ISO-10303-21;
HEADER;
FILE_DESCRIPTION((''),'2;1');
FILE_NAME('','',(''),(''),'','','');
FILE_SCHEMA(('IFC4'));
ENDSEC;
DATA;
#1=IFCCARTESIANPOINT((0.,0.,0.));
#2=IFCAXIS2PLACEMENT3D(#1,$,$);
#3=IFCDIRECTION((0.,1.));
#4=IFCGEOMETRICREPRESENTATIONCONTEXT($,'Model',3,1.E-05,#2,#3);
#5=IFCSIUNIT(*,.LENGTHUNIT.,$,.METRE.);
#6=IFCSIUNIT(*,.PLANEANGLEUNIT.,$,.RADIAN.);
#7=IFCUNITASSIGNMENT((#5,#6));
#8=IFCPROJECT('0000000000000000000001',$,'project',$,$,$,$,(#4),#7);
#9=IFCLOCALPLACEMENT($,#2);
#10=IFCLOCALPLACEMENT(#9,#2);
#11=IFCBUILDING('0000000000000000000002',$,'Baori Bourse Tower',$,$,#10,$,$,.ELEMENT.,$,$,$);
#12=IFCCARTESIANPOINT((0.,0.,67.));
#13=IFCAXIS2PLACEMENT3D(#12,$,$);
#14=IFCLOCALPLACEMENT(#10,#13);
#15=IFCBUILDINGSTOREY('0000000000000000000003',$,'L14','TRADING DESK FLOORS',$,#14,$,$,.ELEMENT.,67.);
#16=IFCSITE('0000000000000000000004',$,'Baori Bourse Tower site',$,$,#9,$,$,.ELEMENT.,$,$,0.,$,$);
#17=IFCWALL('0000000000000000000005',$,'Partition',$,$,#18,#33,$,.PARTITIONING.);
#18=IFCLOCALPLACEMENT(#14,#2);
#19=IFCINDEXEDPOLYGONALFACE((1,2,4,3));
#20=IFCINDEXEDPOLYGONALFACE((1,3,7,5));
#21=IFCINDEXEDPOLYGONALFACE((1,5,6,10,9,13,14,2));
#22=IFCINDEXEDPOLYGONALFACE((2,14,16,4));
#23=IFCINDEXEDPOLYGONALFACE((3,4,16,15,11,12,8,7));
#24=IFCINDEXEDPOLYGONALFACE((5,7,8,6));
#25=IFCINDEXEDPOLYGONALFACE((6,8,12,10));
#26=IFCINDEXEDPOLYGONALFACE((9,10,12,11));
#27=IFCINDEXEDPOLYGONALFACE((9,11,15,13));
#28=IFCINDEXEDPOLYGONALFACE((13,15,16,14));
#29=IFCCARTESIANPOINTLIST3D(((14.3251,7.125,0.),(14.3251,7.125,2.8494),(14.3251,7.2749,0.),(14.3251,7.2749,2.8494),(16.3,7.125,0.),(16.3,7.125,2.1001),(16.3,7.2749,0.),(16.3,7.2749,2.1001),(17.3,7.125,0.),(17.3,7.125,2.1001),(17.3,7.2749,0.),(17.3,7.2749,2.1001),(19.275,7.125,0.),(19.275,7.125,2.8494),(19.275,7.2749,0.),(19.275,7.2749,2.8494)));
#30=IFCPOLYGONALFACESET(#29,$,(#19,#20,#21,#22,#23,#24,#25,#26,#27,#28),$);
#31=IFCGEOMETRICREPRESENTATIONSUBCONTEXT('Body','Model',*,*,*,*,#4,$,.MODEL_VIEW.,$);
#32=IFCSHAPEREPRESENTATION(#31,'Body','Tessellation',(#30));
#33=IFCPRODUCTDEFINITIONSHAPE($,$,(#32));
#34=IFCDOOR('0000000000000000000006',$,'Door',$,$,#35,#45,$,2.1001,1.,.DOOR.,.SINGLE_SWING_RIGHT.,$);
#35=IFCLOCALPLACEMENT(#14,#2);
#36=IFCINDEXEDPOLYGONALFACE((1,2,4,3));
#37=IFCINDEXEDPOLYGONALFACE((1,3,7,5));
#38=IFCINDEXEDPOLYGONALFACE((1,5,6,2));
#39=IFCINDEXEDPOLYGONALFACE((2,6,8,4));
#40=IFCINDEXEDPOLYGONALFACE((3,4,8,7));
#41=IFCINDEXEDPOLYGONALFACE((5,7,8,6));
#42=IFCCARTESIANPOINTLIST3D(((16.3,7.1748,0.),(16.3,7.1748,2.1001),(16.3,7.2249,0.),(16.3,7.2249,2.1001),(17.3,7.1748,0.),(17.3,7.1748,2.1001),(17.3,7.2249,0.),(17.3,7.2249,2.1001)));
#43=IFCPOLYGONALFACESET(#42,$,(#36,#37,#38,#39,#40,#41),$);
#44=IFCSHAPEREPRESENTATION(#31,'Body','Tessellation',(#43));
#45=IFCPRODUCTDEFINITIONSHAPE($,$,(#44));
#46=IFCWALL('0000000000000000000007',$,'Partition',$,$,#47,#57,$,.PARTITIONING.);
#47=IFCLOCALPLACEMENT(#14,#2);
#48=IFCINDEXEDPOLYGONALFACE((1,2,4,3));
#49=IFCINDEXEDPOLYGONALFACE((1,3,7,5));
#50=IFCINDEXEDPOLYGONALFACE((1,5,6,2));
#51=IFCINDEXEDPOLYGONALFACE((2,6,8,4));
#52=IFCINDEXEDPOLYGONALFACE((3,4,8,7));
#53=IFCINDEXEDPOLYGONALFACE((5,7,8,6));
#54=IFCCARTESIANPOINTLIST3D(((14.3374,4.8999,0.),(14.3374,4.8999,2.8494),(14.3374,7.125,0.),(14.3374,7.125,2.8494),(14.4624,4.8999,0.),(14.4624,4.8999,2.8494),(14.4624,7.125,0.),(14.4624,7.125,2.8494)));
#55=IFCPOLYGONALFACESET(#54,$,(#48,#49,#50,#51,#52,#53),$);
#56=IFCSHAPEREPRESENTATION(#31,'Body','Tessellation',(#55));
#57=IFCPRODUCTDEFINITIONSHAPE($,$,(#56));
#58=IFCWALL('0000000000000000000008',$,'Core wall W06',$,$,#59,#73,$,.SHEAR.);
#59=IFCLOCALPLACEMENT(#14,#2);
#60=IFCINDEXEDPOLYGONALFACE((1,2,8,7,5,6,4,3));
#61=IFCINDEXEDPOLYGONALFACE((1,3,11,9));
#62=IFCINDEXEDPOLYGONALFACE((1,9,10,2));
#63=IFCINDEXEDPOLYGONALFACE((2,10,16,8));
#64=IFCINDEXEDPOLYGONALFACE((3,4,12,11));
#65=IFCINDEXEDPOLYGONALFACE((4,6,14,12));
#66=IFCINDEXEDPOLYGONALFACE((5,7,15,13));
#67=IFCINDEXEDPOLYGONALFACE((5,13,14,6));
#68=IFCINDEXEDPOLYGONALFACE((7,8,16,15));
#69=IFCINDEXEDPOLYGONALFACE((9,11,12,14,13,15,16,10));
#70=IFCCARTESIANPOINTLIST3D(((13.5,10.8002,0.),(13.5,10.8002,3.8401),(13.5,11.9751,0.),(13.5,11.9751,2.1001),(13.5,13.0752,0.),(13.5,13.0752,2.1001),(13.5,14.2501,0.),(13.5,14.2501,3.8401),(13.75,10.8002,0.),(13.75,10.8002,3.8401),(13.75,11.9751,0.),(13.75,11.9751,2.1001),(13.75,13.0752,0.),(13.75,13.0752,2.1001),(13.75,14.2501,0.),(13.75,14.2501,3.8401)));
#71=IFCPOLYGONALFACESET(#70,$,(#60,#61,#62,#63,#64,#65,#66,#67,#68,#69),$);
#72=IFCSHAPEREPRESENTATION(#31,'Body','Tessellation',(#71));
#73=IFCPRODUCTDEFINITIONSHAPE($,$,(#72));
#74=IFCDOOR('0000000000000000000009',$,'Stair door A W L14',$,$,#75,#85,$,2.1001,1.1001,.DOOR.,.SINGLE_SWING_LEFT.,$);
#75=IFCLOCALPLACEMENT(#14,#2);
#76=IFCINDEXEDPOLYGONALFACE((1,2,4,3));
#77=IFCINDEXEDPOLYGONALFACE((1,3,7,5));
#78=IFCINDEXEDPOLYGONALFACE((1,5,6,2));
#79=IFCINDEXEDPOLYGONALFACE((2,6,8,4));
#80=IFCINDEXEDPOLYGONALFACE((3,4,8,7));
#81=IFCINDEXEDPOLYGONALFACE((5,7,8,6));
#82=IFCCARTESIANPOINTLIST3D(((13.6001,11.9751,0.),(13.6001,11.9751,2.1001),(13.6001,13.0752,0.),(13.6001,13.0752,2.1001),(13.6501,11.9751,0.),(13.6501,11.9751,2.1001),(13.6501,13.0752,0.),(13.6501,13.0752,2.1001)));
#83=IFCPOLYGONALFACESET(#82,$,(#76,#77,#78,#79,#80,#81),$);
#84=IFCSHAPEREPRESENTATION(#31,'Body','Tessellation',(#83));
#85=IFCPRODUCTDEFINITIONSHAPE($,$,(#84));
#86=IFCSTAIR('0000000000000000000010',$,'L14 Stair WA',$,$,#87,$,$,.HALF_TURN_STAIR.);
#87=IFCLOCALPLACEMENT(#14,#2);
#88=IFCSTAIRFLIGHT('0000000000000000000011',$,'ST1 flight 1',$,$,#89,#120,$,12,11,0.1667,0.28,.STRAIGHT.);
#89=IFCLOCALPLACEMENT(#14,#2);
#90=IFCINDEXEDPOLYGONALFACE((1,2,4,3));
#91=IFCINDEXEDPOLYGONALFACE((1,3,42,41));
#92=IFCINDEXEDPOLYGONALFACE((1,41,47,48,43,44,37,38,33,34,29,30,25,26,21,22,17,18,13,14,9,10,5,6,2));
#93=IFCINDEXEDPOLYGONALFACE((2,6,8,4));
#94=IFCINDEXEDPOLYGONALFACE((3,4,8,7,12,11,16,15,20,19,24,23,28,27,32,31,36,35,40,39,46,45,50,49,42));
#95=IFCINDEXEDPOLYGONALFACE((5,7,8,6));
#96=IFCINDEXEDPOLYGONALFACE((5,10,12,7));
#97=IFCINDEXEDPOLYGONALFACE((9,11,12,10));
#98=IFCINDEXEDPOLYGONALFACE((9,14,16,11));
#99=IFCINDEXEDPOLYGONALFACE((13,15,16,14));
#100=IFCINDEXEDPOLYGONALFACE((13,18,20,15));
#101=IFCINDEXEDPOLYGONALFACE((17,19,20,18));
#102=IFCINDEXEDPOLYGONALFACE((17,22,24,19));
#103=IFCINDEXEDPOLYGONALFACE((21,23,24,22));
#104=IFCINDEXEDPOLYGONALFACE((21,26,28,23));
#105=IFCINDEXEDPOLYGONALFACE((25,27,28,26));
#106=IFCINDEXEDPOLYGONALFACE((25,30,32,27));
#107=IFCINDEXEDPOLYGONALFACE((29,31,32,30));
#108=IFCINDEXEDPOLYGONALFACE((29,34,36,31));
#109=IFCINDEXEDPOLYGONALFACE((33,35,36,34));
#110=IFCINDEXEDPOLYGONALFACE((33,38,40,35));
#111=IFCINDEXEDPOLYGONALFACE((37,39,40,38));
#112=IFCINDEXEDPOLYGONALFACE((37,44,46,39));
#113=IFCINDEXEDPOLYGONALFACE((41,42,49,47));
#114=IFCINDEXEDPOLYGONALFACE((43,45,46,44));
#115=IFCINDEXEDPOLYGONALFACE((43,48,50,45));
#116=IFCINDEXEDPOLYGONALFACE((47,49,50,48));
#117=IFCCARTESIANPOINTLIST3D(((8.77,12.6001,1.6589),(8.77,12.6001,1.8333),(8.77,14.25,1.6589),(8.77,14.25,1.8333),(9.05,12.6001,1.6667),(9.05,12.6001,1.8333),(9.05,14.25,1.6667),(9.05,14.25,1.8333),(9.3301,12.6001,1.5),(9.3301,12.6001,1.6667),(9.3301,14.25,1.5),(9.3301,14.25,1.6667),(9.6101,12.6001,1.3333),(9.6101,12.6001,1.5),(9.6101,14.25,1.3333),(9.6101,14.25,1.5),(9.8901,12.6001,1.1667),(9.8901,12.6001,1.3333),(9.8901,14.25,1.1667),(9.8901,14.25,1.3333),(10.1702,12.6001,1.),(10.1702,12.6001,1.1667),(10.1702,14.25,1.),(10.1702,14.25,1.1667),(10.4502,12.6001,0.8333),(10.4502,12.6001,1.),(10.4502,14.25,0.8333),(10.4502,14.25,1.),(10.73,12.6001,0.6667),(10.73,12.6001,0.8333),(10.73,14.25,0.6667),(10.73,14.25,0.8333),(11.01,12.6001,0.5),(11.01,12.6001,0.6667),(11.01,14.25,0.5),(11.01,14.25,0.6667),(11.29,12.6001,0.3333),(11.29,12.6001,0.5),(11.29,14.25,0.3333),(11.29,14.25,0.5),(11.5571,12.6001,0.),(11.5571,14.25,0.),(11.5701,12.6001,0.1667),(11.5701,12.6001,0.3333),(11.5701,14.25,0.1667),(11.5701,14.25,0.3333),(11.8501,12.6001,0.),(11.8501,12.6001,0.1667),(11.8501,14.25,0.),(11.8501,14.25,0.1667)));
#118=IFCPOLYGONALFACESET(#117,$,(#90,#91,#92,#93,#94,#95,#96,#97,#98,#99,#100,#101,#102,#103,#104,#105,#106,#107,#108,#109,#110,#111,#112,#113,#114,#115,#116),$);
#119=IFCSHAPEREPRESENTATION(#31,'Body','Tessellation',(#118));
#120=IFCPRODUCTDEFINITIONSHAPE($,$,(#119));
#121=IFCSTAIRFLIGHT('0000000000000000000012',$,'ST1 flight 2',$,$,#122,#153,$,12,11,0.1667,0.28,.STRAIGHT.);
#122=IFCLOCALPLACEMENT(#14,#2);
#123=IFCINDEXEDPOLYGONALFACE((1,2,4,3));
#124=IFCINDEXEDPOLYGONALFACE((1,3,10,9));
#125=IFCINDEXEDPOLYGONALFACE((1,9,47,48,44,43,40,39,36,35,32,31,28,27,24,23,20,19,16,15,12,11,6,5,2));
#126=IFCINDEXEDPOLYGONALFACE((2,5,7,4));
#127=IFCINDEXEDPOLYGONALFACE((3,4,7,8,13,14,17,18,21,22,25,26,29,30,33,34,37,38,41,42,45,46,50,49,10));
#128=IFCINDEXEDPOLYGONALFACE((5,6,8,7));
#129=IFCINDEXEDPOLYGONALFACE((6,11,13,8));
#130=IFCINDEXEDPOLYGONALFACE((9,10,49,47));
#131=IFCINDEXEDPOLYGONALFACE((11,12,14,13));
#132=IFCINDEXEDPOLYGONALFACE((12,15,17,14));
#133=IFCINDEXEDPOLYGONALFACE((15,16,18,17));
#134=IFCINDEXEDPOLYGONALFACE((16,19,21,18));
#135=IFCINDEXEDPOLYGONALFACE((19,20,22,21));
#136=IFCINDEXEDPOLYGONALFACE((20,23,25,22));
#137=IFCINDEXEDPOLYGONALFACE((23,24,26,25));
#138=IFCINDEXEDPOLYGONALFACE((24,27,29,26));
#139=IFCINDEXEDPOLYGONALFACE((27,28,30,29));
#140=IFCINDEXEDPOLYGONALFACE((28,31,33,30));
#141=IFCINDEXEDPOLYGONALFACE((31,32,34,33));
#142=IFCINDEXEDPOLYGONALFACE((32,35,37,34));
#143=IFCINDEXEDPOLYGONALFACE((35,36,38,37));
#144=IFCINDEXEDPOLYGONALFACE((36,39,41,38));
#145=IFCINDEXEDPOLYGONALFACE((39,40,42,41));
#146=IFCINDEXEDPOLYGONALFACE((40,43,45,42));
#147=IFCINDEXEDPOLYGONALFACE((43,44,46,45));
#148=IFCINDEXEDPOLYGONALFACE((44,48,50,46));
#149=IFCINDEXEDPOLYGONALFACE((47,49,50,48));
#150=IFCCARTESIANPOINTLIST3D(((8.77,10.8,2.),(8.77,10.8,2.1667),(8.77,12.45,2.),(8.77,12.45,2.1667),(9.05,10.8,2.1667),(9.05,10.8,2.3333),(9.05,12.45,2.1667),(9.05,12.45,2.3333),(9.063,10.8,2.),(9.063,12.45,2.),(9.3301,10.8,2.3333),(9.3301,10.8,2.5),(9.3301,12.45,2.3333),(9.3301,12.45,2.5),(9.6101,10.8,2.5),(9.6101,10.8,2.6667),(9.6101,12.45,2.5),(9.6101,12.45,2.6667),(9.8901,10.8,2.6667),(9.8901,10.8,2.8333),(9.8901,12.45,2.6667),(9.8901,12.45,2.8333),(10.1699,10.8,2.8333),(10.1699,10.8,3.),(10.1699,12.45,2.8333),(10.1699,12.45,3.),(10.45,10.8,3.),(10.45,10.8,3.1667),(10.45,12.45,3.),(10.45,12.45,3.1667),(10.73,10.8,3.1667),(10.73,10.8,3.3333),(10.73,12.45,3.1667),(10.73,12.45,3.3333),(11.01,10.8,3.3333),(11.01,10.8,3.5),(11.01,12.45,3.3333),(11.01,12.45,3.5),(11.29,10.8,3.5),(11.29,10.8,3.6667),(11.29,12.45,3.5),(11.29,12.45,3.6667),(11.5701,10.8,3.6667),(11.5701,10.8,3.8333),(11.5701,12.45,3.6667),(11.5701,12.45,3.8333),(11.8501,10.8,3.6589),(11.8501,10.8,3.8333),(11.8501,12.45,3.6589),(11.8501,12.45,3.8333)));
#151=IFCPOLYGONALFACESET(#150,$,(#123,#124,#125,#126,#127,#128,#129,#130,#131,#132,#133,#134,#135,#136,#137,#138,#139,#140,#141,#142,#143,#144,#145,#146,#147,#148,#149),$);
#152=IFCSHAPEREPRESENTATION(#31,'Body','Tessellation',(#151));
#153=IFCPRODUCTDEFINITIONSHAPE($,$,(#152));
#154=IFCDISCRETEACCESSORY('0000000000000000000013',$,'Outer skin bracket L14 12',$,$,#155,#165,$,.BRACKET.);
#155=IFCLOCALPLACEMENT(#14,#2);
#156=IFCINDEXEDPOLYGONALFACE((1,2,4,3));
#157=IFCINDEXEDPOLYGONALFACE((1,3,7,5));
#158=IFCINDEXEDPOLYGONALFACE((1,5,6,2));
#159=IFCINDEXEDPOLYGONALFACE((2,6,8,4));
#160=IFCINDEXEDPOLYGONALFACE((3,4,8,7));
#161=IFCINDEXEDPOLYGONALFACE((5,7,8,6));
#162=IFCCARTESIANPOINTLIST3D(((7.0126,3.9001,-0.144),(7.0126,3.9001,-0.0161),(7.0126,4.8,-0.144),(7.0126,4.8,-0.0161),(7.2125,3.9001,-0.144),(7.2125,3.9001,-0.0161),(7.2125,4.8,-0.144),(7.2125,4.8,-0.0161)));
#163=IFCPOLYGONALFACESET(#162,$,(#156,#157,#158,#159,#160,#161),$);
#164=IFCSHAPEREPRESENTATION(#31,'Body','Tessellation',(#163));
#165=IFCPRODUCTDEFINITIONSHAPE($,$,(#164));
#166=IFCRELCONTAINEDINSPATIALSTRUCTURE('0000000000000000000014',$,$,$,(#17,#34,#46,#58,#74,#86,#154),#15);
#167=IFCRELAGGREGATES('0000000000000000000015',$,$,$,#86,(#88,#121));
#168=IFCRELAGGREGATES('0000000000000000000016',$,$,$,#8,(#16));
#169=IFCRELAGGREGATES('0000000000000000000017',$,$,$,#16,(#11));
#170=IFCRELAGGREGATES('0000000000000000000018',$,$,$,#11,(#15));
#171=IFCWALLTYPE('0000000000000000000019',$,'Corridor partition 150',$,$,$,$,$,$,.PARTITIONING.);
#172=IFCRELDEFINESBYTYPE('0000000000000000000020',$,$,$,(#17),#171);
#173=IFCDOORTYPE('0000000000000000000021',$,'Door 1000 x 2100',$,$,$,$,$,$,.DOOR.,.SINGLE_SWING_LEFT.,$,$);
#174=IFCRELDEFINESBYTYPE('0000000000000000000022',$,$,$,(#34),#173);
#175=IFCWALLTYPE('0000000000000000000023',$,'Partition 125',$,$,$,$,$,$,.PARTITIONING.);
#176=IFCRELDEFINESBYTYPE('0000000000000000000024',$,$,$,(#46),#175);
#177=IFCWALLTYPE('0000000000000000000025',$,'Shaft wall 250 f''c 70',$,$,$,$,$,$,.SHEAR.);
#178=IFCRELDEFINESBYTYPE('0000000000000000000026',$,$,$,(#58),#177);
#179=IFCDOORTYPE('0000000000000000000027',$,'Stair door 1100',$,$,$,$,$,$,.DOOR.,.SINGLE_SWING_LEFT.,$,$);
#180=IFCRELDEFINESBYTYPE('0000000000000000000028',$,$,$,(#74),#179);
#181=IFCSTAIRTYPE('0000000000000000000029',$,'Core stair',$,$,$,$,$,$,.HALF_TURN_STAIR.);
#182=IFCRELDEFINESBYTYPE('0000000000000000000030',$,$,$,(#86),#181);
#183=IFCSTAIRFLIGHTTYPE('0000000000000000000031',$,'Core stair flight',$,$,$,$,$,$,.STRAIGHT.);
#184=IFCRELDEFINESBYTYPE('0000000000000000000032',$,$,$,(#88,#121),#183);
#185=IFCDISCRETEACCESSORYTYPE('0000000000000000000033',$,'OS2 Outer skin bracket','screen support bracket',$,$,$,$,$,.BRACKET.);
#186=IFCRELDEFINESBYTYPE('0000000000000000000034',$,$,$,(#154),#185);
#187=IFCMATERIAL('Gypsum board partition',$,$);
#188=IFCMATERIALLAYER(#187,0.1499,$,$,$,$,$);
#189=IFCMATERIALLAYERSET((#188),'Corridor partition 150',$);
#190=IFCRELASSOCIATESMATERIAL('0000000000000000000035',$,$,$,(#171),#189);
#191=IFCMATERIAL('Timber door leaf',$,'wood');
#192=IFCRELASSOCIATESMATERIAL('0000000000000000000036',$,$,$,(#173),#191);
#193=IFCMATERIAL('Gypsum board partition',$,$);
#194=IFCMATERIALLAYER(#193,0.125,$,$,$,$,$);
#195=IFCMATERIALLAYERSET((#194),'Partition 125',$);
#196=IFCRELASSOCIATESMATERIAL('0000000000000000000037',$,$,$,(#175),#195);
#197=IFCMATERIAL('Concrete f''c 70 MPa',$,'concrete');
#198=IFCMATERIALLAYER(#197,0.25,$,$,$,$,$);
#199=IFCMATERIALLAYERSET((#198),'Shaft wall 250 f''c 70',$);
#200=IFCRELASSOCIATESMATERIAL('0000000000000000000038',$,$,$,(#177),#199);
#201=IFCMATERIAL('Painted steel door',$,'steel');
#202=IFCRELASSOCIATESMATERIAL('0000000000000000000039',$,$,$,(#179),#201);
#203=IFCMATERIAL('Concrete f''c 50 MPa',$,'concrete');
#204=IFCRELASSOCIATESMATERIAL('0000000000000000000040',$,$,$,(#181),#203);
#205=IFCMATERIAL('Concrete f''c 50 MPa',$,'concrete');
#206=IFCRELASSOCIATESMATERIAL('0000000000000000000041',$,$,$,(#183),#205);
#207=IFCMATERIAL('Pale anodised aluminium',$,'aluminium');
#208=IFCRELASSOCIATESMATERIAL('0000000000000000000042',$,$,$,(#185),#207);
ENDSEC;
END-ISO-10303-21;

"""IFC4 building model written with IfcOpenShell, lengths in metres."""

from ifc_helpers import new_model, si_unit, direction, frame, frame_2d, origin, origin_2d, place, context, subcontext, project, spatial, polyline, rectangle, outline, extrude, material, layer, layer_set, type_object, element, fill, aggregate, save


model = new_model("IFC4")

# Units and contexts
model_context = context("Model", 3, precision=1e-05, world=origin(), true_north=direction((0.0, 1.0)))
body_context = subcontext(model_context, "Body", "Model", "MODEL_VIEW")
ifc_project = project(units=[si_unit("LENGTHUNIT", "METRE"), si_unit("PLANEANGLEUNIT", "RADIAN")], contexts=[model_context])

# Site, building, storey
site_placement = place(None, origin())
site = spatial("IfcSite", under=ifc_project, at=site_placement, Name="Baori Bourse Tower site", CompositionType="ELEMENT", RefElevation=0.0)
building_placement = place(site_placement, origin())
building = spatial("IfcBuilding", under=site, at=building_placement, Name="Baori Bourse Tower", CompositionType="ELEMENT")
storey_placement = place(building_placement, frame((0.0, 0.0, 67.0)))
storey = spatial("IfcBuildingStorey", under=building, at=storey_placement, Name="L14", Description="TRADING DESK FLOORS", CompositionType="ELEMENT", Elevation=67.0)

# Wall, opening, door
ifc_material_1 = material(Name="Gypsum board partition")
ifc_layer_1 = layer(ifc_material_1, 0.1499)
ifc_layer_set_1 = layer_set([ifc_layer_1], Name="Corridor partition 150")
wall_type_1 = type_object("IfcWallType", Name="Corridor partition 150", PredefinedType="PARTITIONING", material=ifc_layer_set_1)
wall_1_placement = place(storey_placement, frame((14.325, 7.2, 0.0), z_axis=(0.0, 0.0, 1.0), x_axis=(1.0, 0.0, 0.0)))
wall_1 = element("IfcWall", 1, at=wall_1_placement, inside=storey, type_object=wall_type_1, Name="Partition", PredefinedType="PARTITIONING", context=body_context, shape_type="SweptSolid", body=[
    extrude(rectangle(XDim=4.95, YDim=0.1499, at=frame_2d((2.4751, 0.0))), origin(), (0.0, 0.0, 1.0), 2.8494),
])
opening_1_placement = place(wall_1_placement, frame((1.9751, 0.0, 0.0)))
opening_1 = element("IfcOpeningElement", 2, at=opening_1_placement, cuts=wall_1, PredefinedType="OPENING", context=body_context, shape_type="SweptSolid", body=[
    extrude(rectangle(XDim=1.0, YDim=2.1001, at=frame_2d((0.5, 1.05))), frame((0.0, 0.085, 0.0), z_axis=(0.0, -1.0, 0.0), x_axis=(1.0, 0.0, 0.0)), (0.0, 0.0, 1.0), 0.1699),
])
ifc_material_2 = material(Name="Timber door leaf", Category="wood")
door_type_1 = type_object("IfcDoorType", Name="Door 1000 x 2100", OperationType="SINGLE_SWING_LEFT", PredefinedType="DOOR", material=ifc_material_2)
door_1_placement = place(opening_1_placement, origin())
door_1 = element("IfcDoor", 3, at=door_1_placement, inside=storey, type_object=door_type_1, Name="Door", OperationType="SINGLE_SWING_RIGHT", OverallHeight=2.1001, OverallWidth=1.0, PredefinedType="DOOR", context=body_context, shape_type="SweptSolid", body=[
    extrude(rectangle(XDim=1.0, YDim=2.1001, at=frame_2d((0.5, 1.05))), frame((0.0, 0.0249, 0.0), z_axis=(0.0, -1.0, 0.0), x_axis=(1.0, 0.0, 0.0)), (0.0, 0.0, 1.0), 0.05),
])
fill(opening_1, door_1)

# Wall
ifc_material_3 = material(Name="Gypsum board partition")
ifc_layer_2 = layer(ifc_material_3, 0.125)
ifc_layer_set_2 = layer_set([ifc_layer_2], Name="Partition 125")
wall_type_2 = type_object("IfcWallType", Name="Partition 125", PredefinedType="PARTITIONING", material=ifc_layer_set_2)
wall_2_placement = place(storey_placement, frame((14.3999, 4.8999, 0.0), z_axis=(0.0, 0.0, 1.0), x_axis=(0.0, 1.0, 0.0)))
element("IfcWall", 4, at=wall_2_placement, inside=storey, type_object=wall_type_2, Name="Partition", PredefinedType="PARTITIONING", context=body_context, shape_type="SweptSolid", body=[
    extrude(rectangle(XDim=2.2251, YDim=0.125, at=frame_2d((1.1125, 0.0))), origin(), (0.0, 0.0, 1.0), 2.8494),
])

# Wall, opening, door
ifc_material_4 = material(Name="Concrete f'c 70 MPa", Category="concrete")
ifc_layer_3 = layer(ifc_material_4, 0.25)
ifc_layer_set_3 = layer_set([ifc_layer_3], Name="Shaft wall 250 f'c 70")
wall_type_3 = type_object("IfcWallType", Name="Shaft wall 250 f'c 70", PredefinedType="SHEAR", material=ifc_layer_set_3)
wall_3_placement = place(storey_placement, frame((13.625, 10.8, 0.0), z_axis=(0.0, 0.0, 1.0), x_axis=(0.0, 1.0, 0.0)))
wall_3 = element("IfcWall", 5, at=wall_3_placement, inside=storey, type_object=wall_type_3, Name="Core wall W06", PredefinedType="SHEAR", context=body_context, shape_type="SweptSolid", body=[
    extrude(rectangle(XDim=3.45, YDim=0.25, at=frame_2d((1.7251, 0.0))), origin(), (0.0, 0.0, 1.0), 3.8401),
])
opening_2_placement = place(wall_3_placement, frame((1.175, 0.0, 0.0)))
opening_2 = element("IfcOpeningElement", 6, at=opening_2_placement, cuts=wall_3, PredefinedType="OPENING", context=body_context, shape_type="SweptSolid", body=[
    extrude(rectangle(XDim=1.1001, YDim=2.1001, at=frame_2d((0.55, 1.05))), frame((0.0, 0.135, 0.0), z_axis=(0.0, -1.0, 0.0), x_axis=(1.0, 0.0, 0.0)), (0.0, 0.0, 1.0), 0.27),
])
ifc_material_5 = material(Name="Painted steel door", Category="steel")
door_type_2 = type_object("IfcDoorType", Name="Stair door 1100", OperationType="SINGLE_SWING_LEFT", PredefinedType="DOOR", material=ifc_material_5)
door_2_placement = place(opening_2_placement, origin())
door_2 = element("IfcDoor", 7, at=door_2_placement, inside=storey, type_object=door_type_2, Name="Stair door A W L14", OperationType="SINGLE_SWING_LEFT", OverallHeight=2.1001, OverallWidth=1.1001, PredefinedType="DOOR", context=body_context, shape_type="SweptSolid", body=[
    extrude(rectangle(XDim=1.1001, YDim=2.1001, at=frame_2d((0.55, 1.05))), frame((0.0, 0.0249, 0.0), z_axis=(0.0, -1.0, 0.0), x_axis=(1.0, 0.0, 0.0)), (0.0, 0.0, 1.0), 0.05),
])
fill(opening_2, door_2)

# Stair, stair flights
ifc_material_6 = material(Name="Concrete f'c 50 MPa", Category="concrete")
stair_type = type_object("IfcStairType", Name="Core stair", PredefinedType="HALF_TURN_STAIR", material=ifc_material_6)
stair_placement = place(storey_placement, origin())
stair = element("IfcStair", 8, at=stair_placement, inside=storey, type_object=stair_type, Name="L14 Stair WA", PredefinedType="HALF_TURN_STAIR")
ifc_material_7 = material(Name="Concrete f'c 50 MPa", Category="concrete")
stair_flight_type = type_object("IfcStairFlightType", Name="Core stair flight", PredefinedType="STRAIGHT", material=ifc_material_7)
stair_flight_1_placement = place(storey_placement, frame((11.8501, 13.425, 0.0), z_axis=(0.0, 0.0, 1.0), x_axis=(-1.0, 0.0, 0.0)))
stair_flight_1 = element("IfcStairFlight", 9, at=stair_flight_1_placement, type_object=stair_flight_type, Name="ST1 flight 1", NumberOfRisers=12, NumberOfTreads=11, PredefinedType="STRAIGHT", RiserHeight=0.1667, TreadLength=0.28, context=body_context, shape_type="SweptSolid", body=[
    extrude(outline(polyline([(0.0, 0.0), (0.0, 0.1667), (0.28, 0.1667), (0.28, 0.3333), (0.5601, 0.3333), (0.5601, 0.5), (0.8401, 0.5), (0.8401, 0.6667), (1.1201, 0.6667), (1.1201, 0.8333), (1.3999, 0.8333), (1.3999, 1.0), (1.6799, 1.0), (1.6799, 1.1667), (1.96, 1.1667), (1.96, 1.3333), (2.24, 1.3333), (2.24, 1.5), (2.52, 1.5), (2.52, 1.6667), (2.8, 1.6667), (2.8, 1.8333), (3.0801, 1.8333), (3.0801, 2.0), (3.0801, 1.6589), (0.293, 0.0), (0.0, 0.0)])), frame((0.0, 0.825, 0.0), z_axis=(0.0, -1.0, 0.0), x_axis=(1.0, 0.0, 0.0)), (0.0, 0.0, 1.0), 1.6499),
])
stair_flight_2_placement = place(storey_placement, frame((8.77, 11.625, 2.0), z_axis=(0.0, 0.0, 1.0), x_axis=(1.0, 0.0, 0.0)))
stair_flight_2 = element("IfcStairFlight", 10, at=stair_flight_2_placement, type_object=stair_flight_type, Name="ST1 flight 2", NumberOfRisers=12, NumberOfTreads=11, PredefinedType="STRAIGHT", RiserHeight=0.1667, TreadLength=0.28, context=body_context, shape_type="SweptSolid", body=[
    extrude(outline(polyline([(0.0, 0.0), (0.0, 0.1667), (0.28, 0.1667), (0.28, 0.3333), (0.5601, 0.3333), (0.5601, 0.5), (0.8401, 0.5), (0.8401, 0.6667), (1.1201, 0.6667), (1.1201, 0.8333), (1.3999, 0.8333), (1.3999, 1.0), (1.6799, 1.0), (1.6799, 1.1667), (1.96, 1.1667), (1.96, 1.3333), (2.24, 1.3333), (2.24, 1.5), (2.52, 1.5), (2.52, 1.6667), (2.8, 1.6667), (2.8, 1.8333), (3.0801, 1.8333), (3.0801, 2.0), (3.0801, 1.6589), (0.293, 0.0), (0.0, 0.0)])), frame((0.0, 0.825, 0.0), z_axis=(0.0, -1.0, 0.0), x_axis=(1.0, 0.0, 0.0)), (0.0, 0.0, 1.0), 1.6499),
])
aggregate(stair, [stair_flight_1, stair_flight_2])

# Discrete accessory
ifc_material_8 = material(Name="Pale anodised aluminium", Category="aluminium")
discrete_accessory_type = type_object("IfcDiscreteAccessoryType", Name="OS2 Outer skin bracket", Description="screen support bracket", PredefinedType="BRACKET", material=ifc_material_8)
for number, where, z_axis, x_axis, name in (
    (11, (7.1125, 4.3501, -0.144), (0.0, 0.0, 1.0), (1.0, 0.0, 0.0), "Outer skin bracket L14 12"),
):
    element("IfcDiscreteAccessory", number, at=place(storey_placement, frame(where, z_axis=z_axis, x_axis=x_axis)), inside=storey, type_object=discrete_accessory_type, Name=name, PredefinedType="BRACKET", context=body_context, shape_type="SweptSolid", body=[
        extrude(rectangle(XDim=0.2, YDim=0.8999, at=origin_2d()), origin(), (0.0, 0.0, 1.0), 0.1279),
    ])

save(model, "model.ifc")
